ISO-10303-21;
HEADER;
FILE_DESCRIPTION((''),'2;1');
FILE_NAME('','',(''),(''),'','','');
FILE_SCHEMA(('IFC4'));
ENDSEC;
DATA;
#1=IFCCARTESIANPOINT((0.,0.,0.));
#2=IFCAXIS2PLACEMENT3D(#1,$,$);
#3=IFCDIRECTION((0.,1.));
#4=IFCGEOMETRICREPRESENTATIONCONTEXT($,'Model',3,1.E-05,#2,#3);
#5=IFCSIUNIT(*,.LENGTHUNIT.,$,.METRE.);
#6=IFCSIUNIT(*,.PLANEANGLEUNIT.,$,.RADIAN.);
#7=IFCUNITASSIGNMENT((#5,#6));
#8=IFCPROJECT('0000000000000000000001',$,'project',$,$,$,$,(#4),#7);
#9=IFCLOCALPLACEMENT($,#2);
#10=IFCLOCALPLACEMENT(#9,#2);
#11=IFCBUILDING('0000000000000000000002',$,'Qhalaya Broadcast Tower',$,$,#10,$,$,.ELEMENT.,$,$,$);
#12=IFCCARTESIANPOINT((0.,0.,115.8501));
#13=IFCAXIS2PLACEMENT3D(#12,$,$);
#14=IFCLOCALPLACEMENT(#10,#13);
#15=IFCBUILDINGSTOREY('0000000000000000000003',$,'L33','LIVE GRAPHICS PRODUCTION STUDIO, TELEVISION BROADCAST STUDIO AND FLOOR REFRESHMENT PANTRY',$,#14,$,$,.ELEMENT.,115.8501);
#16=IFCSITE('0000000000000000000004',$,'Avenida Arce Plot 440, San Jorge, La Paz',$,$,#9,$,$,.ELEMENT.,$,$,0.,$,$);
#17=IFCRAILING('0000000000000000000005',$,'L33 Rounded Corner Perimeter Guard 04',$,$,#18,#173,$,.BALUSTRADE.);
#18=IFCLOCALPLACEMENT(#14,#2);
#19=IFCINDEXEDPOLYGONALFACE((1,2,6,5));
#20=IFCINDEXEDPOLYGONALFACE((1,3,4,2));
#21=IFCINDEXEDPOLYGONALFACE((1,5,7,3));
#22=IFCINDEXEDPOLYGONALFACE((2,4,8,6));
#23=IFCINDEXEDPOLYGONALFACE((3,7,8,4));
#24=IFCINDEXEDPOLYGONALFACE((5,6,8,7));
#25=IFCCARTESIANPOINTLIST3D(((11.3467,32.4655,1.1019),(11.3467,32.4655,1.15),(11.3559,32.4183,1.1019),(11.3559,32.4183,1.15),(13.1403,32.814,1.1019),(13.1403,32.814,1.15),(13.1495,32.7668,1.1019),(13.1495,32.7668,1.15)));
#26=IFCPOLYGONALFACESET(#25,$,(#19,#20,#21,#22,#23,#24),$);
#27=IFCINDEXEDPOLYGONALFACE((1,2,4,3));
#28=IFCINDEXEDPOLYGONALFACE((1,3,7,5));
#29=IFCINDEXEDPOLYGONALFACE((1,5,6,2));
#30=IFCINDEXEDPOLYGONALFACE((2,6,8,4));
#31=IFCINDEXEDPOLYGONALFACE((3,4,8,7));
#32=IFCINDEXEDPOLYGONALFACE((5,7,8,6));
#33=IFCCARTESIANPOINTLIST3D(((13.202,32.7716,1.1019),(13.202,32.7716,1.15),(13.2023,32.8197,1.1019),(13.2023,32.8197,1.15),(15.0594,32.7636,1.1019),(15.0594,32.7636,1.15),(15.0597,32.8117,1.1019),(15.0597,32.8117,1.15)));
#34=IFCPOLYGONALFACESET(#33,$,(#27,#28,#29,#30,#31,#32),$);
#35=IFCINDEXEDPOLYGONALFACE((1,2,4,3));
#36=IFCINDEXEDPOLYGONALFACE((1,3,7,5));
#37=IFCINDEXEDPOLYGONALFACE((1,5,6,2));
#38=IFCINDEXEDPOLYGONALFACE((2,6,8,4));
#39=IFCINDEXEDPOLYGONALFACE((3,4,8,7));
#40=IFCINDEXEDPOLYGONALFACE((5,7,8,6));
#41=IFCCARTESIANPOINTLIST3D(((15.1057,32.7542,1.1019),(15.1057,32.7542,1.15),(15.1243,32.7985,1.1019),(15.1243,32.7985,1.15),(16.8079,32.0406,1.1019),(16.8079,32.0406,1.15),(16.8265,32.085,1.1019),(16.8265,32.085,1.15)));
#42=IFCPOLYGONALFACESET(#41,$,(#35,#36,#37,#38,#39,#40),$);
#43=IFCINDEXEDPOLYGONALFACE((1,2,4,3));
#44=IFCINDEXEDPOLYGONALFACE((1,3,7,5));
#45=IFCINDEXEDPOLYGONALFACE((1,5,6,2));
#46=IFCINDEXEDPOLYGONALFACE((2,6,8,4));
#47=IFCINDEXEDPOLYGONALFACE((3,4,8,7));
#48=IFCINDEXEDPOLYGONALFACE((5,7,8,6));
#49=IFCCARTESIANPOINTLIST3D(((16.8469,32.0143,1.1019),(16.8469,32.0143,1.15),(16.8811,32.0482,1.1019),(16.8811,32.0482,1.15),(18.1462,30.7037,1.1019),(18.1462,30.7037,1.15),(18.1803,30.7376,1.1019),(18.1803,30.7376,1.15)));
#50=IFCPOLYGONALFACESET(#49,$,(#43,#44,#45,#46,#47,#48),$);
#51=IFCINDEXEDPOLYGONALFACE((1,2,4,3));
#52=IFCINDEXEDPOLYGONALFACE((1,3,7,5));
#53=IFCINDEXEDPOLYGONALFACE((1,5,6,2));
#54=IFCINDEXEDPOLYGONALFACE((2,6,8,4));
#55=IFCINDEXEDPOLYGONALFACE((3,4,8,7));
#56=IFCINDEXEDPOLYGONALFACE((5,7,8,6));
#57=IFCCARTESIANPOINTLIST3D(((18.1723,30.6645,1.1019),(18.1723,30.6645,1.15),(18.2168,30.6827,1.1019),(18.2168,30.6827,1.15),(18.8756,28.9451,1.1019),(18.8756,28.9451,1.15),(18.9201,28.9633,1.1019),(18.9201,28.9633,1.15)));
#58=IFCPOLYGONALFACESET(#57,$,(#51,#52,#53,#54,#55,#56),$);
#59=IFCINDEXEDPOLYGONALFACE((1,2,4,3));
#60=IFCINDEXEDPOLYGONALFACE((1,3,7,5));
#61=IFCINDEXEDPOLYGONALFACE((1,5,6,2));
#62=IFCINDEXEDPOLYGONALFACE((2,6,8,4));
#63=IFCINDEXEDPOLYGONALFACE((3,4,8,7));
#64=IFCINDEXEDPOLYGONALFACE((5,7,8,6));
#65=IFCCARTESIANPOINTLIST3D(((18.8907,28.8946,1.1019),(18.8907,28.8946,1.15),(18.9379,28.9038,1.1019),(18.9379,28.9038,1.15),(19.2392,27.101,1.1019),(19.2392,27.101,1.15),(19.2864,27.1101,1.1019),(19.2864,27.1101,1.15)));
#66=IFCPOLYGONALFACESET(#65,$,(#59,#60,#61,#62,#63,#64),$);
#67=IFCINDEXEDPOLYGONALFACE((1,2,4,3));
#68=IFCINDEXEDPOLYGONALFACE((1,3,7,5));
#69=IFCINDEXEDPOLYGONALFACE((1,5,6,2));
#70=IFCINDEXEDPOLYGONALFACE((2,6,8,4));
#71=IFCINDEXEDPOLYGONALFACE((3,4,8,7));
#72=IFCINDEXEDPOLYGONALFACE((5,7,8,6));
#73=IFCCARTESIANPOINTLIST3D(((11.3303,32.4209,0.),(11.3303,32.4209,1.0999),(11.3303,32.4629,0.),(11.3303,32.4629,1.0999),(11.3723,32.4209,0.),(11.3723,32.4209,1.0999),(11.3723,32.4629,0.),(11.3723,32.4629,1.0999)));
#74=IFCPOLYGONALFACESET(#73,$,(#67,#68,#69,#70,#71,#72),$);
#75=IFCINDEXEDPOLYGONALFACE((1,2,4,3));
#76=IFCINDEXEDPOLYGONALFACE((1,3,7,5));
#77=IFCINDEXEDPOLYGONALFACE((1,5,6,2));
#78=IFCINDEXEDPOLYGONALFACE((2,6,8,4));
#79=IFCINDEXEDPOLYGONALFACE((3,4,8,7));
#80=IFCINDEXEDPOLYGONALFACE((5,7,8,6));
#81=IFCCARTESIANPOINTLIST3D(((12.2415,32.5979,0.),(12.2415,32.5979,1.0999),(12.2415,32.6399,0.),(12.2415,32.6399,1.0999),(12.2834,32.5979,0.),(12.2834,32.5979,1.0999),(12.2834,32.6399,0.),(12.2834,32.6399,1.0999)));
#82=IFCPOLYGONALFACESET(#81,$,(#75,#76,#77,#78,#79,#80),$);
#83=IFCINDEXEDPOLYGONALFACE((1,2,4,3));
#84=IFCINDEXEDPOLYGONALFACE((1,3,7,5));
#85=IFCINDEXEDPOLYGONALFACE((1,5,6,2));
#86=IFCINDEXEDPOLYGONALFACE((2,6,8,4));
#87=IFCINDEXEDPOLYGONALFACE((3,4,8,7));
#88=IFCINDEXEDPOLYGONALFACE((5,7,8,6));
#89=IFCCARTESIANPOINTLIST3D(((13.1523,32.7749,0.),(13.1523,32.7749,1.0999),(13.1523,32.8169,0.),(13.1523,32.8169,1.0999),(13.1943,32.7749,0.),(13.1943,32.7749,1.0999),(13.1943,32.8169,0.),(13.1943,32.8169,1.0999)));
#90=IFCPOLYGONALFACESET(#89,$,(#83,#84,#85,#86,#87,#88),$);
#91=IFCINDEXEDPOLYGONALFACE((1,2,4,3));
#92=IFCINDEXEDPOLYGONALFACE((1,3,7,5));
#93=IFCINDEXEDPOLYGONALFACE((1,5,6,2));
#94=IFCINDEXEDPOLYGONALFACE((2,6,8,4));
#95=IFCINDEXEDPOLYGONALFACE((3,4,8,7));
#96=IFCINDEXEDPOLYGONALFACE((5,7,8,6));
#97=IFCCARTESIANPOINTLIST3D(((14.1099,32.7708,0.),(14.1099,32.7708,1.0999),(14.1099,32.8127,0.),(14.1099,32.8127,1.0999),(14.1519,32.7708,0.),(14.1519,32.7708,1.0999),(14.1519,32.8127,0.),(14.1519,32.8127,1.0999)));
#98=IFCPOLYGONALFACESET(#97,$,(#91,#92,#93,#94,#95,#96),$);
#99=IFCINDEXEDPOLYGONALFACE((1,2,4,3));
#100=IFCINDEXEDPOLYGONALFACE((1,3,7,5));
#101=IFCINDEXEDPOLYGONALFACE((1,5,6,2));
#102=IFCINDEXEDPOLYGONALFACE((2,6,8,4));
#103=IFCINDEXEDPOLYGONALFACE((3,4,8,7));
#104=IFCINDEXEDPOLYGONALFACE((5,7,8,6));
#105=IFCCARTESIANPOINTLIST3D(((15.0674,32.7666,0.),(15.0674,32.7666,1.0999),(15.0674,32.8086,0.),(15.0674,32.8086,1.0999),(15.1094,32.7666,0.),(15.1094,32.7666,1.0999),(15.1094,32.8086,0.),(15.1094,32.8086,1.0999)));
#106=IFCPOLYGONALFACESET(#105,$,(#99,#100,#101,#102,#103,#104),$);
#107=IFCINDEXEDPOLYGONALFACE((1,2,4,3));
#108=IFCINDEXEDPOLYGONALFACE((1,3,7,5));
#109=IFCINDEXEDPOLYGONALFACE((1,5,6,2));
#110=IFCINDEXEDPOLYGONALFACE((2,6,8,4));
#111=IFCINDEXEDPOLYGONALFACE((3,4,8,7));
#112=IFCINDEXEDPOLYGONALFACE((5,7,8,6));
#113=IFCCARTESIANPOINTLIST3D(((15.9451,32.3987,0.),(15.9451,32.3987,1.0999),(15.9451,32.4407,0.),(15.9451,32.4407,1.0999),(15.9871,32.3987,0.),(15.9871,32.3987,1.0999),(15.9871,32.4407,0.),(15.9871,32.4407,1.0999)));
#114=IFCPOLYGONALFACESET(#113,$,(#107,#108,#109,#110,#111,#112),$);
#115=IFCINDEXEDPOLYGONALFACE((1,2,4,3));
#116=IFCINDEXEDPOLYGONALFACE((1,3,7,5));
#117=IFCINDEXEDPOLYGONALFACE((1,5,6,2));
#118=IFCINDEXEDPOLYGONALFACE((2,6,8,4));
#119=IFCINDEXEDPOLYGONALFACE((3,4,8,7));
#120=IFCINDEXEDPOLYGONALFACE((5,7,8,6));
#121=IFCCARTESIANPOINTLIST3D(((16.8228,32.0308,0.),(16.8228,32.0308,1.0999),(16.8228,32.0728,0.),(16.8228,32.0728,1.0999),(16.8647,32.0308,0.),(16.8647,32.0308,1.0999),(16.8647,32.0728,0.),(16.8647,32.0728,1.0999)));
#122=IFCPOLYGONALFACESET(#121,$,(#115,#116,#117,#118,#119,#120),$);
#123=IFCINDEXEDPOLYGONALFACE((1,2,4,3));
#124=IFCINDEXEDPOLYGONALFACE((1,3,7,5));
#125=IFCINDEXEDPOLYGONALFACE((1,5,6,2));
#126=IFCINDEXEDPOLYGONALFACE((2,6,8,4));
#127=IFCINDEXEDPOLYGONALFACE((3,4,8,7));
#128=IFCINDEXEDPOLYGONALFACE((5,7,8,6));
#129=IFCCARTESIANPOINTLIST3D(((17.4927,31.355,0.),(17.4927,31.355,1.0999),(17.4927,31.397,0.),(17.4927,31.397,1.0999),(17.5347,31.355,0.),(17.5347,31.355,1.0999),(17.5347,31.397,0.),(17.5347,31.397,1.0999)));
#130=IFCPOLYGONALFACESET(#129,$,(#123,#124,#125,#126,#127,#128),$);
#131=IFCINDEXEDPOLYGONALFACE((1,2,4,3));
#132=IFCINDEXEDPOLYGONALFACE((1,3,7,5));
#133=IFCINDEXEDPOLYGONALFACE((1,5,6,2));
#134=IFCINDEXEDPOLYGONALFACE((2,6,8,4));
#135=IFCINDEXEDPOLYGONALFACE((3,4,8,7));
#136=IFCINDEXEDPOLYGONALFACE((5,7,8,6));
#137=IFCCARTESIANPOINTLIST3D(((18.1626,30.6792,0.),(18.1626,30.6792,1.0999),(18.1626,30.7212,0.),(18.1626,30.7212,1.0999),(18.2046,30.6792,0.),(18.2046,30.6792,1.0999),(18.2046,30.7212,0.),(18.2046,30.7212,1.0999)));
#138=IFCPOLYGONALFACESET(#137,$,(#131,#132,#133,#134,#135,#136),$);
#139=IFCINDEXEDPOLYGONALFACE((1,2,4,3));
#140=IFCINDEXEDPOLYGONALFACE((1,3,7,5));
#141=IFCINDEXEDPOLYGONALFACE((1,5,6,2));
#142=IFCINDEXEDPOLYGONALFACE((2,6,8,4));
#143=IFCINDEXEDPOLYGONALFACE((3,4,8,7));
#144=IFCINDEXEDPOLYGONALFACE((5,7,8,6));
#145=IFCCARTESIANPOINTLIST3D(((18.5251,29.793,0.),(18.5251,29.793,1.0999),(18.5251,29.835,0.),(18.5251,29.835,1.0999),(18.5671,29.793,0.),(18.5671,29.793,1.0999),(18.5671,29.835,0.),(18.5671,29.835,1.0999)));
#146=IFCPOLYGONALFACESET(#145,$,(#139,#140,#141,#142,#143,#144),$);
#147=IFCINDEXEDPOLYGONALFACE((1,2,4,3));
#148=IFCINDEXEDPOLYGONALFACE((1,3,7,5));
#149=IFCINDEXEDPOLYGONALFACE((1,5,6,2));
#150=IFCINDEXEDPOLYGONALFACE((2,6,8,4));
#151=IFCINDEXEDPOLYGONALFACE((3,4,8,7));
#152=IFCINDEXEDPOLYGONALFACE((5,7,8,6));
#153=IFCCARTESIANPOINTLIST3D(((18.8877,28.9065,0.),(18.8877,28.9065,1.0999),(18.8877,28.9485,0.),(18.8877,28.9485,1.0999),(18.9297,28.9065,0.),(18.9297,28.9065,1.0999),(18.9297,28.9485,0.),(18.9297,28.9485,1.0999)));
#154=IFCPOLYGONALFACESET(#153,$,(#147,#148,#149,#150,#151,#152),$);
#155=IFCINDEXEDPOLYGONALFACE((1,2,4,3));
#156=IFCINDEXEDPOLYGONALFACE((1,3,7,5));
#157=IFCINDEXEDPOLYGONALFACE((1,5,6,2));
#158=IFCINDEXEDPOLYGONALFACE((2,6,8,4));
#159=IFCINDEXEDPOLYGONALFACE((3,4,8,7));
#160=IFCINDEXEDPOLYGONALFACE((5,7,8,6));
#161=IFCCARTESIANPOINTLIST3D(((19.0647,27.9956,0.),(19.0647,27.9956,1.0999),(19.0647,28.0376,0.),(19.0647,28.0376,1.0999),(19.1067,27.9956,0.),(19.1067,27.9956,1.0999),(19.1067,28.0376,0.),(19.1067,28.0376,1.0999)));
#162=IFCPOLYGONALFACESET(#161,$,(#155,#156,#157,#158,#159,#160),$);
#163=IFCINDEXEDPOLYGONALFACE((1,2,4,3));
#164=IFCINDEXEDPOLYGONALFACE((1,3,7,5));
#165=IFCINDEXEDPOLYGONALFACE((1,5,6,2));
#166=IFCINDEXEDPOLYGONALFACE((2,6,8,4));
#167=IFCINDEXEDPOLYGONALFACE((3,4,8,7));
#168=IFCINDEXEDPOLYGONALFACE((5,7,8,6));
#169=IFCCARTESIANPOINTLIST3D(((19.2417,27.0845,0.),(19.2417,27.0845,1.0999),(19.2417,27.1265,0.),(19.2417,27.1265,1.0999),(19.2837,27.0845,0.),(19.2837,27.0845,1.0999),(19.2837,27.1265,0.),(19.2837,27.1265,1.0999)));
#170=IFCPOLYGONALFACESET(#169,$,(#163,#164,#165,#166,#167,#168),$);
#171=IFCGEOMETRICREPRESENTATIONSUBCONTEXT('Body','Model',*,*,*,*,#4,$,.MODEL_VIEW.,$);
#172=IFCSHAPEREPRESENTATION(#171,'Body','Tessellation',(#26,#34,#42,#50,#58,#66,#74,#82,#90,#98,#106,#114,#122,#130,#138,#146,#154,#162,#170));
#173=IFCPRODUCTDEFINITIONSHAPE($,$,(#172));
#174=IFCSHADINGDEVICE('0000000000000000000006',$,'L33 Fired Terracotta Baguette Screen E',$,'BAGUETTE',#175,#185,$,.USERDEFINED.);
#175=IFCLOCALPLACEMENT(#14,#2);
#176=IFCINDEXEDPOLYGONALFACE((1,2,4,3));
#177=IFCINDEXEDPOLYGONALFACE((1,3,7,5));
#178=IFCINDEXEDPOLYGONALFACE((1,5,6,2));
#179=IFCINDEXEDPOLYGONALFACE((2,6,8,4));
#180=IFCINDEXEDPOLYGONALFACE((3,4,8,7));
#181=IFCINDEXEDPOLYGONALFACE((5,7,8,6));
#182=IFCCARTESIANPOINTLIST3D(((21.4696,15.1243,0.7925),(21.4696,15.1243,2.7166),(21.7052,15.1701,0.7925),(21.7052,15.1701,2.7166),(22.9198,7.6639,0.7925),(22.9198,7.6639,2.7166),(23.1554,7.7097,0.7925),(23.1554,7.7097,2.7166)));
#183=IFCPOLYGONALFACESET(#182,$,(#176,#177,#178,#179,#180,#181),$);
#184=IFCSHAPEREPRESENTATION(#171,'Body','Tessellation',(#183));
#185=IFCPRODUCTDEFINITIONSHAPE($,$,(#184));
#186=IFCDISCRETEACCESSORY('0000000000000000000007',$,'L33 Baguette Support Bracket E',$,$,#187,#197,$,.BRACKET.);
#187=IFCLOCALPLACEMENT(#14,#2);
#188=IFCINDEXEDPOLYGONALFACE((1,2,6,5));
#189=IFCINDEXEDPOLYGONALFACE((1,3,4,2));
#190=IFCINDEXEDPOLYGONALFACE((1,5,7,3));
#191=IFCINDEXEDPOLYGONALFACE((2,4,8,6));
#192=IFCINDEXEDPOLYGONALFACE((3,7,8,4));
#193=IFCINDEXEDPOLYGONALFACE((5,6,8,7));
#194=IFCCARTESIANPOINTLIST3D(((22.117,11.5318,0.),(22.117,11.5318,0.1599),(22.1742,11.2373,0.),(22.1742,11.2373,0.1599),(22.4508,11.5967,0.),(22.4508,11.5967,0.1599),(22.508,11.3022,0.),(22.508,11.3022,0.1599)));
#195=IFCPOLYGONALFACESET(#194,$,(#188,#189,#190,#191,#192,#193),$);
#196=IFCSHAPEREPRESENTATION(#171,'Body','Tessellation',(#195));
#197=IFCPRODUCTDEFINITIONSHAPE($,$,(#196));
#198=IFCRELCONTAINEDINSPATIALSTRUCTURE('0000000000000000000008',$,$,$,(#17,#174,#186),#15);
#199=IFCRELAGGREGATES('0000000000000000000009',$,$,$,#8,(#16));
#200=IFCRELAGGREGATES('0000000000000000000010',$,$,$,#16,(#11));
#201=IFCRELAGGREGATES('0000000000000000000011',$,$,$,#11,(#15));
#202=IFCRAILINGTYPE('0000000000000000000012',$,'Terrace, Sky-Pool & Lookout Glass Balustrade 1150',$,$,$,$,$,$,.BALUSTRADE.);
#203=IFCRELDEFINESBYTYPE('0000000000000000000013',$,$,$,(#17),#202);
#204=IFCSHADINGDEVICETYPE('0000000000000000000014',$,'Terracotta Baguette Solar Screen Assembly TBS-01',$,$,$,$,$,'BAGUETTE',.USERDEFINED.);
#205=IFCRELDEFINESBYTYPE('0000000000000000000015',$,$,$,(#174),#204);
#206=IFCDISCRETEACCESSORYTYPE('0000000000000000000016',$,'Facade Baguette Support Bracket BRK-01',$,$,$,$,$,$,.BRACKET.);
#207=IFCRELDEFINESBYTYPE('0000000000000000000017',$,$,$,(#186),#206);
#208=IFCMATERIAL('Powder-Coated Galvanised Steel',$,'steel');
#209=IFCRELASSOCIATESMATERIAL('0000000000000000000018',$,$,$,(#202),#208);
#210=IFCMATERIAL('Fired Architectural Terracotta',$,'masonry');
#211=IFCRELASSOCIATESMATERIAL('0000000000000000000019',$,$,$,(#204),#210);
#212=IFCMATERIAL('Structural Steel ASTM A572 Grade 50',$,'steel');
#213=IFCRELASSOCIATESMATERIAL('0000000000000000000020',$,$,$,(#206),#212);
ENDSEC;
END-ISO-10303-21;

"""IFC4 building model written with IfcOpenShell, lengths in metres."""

from ifc_helpers import new_model, si_unit, direction, frame, origin, origin_2d, place, context, subcontext, project, spatial, rectangle, extrude, material, type_object, element, save


model = new_model("IFC4")

# Units and contexts
model_context = context("Model", 3, precision=1e-05, world=origin(), true_north=direction((0.0, 1.0)))
body_context = subcontext(model_context, "Body", "Model", "MODEL_VIEW")
ifc_project = project(units=[si_unit("LENGTHUNIT", "METRE"), si_unit("PLANEANGLEUNIT", "RADIAN")], contexts=[model_context])

# Site, building, storey
site_placement = place(None, origin())
site = spatial("IfcSite", under=ifc_project, at=site_placement, Name="Avenida Arce Plot 440, San Jorge, La Paz", CompositionType="ELEMENT", RefElevation=0.0)
building_placement = place(site_placement, origin())
building = spatial("IfcBuilding", under=site, at=building_placement, Name="Qhalaya Broadcast Tower", CompositionType="ELEMENT")
storey_placement = place(building_placement, frame((0.0, 0.0, 115.8501)))
storey = spatial("IfcBuildingStorey", under=building, at=storey_placement, Name="L33", Description="LIVE GRAPHICS PRODUCTION STUDIO, TELEVISION BROADCAST STUDIO AND FLOOR REFRESHMENT PANTRY", CompositionType="ELEMENT", Elevation=115.8501)

# Shared definitions
ifc_material_1 = material(Name="Structural Steel ASTM A572 Grade 50", Category="steel")

# Railing
ifc_material_2 = material(Name="Powder-Coated Galvanised Steel", Category="steel")
railing_type_1 = type_object("IfcRailingType", Name="Terrace, Sky-Pool & Lookout Glass Balustrade 1150", PredefinedType="BALUSTRADE", material=ifc_material_2)
railing_1_placement = place(storey_placement, frame((11.3513, 32.4419, 0.0)))
element("IfcRailing", 1, at=railing_1_placement, inside=storey, type_object=railing_type_1, Name="L33 Rounded Corner Perimeter Guard 04", PredefinedType="BALUSTRADE", context=body_context, shape_type="SweptSolid", body=[
    extrude(rectangle(XDim=0.0481, YDim=0.0481, at=origin_2d()), frame((0.0, 0.0, 1.126), z_axis=(0.981643, 0.190725, 0.0), x_axis=(-0.190725, 0.981643, 0.0)), (0.0, 0.0, 1.0), 1.8271),
    extrude(rectangle(XDim=0.0481, YDim=0.0481, at=origin_2d()), frame((1.8508, 0.3538, 1.126), z_axis=(0.999991, -0.004334, 0.0), x_axis=(0.004334, 0.999991, 0.0)), (0.0, 0.0, 1.0), 1.8574),
    extrude(rectangle(XDim=0.0481, YDim=0.0481, at=origin_2d()), frame((3.7637, 0.3345, 1.126), z_axis=(0.922247, -0.3866, 0.0), x_axis=(0.3866, 0.922247, 0.0)), (0.0, 0.0, 1.0), 1.8457),
    extrude(rectangle(XDim=0.0481, YDim=0.0481, at=origin_2d()), frame((5.5127, -0.4106, 1.126), z_axis=(0.704021, -0.710179, 0.0), x_axis=(0.710179, 0.704021, 0.0)), (0.0, 0.0, 1.0), 1.8455),
    extrude(rectangle(XDim=0.0481, YDim=0.0481, at=origin_2d()), frame((6.8433, -1.7683, 1.126), z_axis=(0.378588, -0.925565, 0.0), x_axis=(0.925565, 0.378588, 0.0)), (0.0, 0.0, 1.0), 1.8577),
    extrude(rectangle(XDim=0.0481, YDim=0.0481, at=origin_2d()), frame((7.563, -3.5427, 1.126), z_axis=(0.190725, -0.981643, 0.0), x_axis=(0.981643, 0.190725, 0.0)), (0.0, 0.0, 1.0), 1.8271),
    extrude(rectangle(XDim=0.042, YDim=0.042, at=origin_2d()), origin(), (0.0, 0.0, 1.0), 1.0999),
    extrude(rectangle(XDim=0.042, YDim=0.042, at=origin_2d()), frame((0.9111, 0.177, 0.0)), (0.0, 0.0, 1.0), 1.0999),
    extrude(rectangle(XDim=0.042, YDim=0.042, at=origin_2d()), frame((1.822, 0.354, 0.0)), (0.0, 0.0, 1.0), 1.0999),
    extrude(rectangle(XDim=0.042, YDim=0.042, at=origin_2d()), frame((2.7795, 0.3499, 0.0)), (0.0, 0.0, 1.0), 1.0999),
    extrude(rectangle(XDim=0.042, YDim=0.042, at=origin_2d()), frame((3.7371, 0.3457, 0.0)), (0.0, 0.0, 1.0), 1.0999),
    extrude(rectangle(XDim=0.042, YDim=0.042, at=origin_2d()), frame((4.6147, -0.0222, 0.0)), (0.0, 0.0, 1.0), 1.0999),
    extrude(rectangle(XDim=0.042, YDim=0.042, at=origin_2d()), frame((5.4924, -0.3901, 0.0)), (0.0, 0.0, 1.0), 1.0999),
    extrude(rectangle(XDim=0.042, YDim=0.042, at=origin_2d()), frame((6.1624, -1.0659, 0.0)), (0.0, 0.0, 1.0), 1.0999),
    extrude(rectangle(XDim=0.042, YDim=0.042, at=origin_2d()), frame((6.8323, -1.7417, 0.0)), (0.0, 0.0, 1.0), 1.0999),
    extrude(rectangle(XDim=0.042, YDim=0.042, at=origin_2d()), frame((7.1948, -2.6279, 0.0)), (0.0, 0.0, 1.0), 1.0999),
    extrude(rectangle(XDim=0.042, YDim=0.042, at=origin_2d()), frame((7.5574, -3.5144, 0.0)), (0.0, 0.0, 1.0), 1.0999),
    extrude(rectangle(XDim=0.042, YDim=0.042, at=origin_2d()), frame((7.7344, -4.4253, 0.0)), (0.0, 0.0, 1.0), 1.0999),
    extrude(rectangle(XDim=0.042, YDim=0.042, at=origin_2d()), frame((7.9114, -5.3364, 0.0)), (0.0, 0.0, 1.0), 1.0999),
])

# Shading device
ifc_material_3 = material(Name="Fired Architectural Terracotta", Category="masonry")
shading_device_type = type_object("IfcShadingDeviceType", Name="Terracotta Baguette Solar Screen Assembly TBS-01", ElementType="BAGUETTE", PredefinedType="USERDEFINED", material=ifc_material_3)
shading_device_placement = place(storey_placement, frame((22.3125, 11.417, 0.7925), z_axis=(0.0, 0.0, 1.0), x_axis=(-0.190809, 0.981627, 0.0)))
element("IfcShadingDevice", 2, at=shading_device_placement, inside=storey, type_object=shading_device_type, Name="L33 Fired Terracotta Baguette Screen E", ObjectType="BAGUETTE", PredefinedType="USERDEFINED", context=body_context, shape_type="SweptSolid", body=[
    extrude(rectangle(XDim=7.6001, YDim=0.24, at=origin_2d()), origin(), (0.0, 0.0, 1.0), 1.9241),
])

# Discrete accessory
discrete_accessory_type = type_object("IfcDiscreteAccessoryType", Name="Facade Baguette Support Bracket BRK-01", PredefinedType="BRACKET", material=ifc_material_1)
discrete_accessory_placement = place(storey_placement, frame((22.3125, 11.417, 0.0), z_axis=(0.0, 0.0, 1.0), x_axis=(-0.190809, 0.981627, 0.0)))
element("IfcDiscreteAccessory", 3, at=discrete_accessory_placement, inside=storey, type_object=discrete_accessory_type, Name="L33 Baguette Support Bracket E", PredefinedType="BRACKET", context=body_context, shape_type="SweptSolid", body=[
    extrude(rectangle(XDim=0.3, YDim=0.3401, at=origin_2d()), origin(), (0.0, 0.0, 1.0), 0.1599),
])

save(model, "model.ifc")
